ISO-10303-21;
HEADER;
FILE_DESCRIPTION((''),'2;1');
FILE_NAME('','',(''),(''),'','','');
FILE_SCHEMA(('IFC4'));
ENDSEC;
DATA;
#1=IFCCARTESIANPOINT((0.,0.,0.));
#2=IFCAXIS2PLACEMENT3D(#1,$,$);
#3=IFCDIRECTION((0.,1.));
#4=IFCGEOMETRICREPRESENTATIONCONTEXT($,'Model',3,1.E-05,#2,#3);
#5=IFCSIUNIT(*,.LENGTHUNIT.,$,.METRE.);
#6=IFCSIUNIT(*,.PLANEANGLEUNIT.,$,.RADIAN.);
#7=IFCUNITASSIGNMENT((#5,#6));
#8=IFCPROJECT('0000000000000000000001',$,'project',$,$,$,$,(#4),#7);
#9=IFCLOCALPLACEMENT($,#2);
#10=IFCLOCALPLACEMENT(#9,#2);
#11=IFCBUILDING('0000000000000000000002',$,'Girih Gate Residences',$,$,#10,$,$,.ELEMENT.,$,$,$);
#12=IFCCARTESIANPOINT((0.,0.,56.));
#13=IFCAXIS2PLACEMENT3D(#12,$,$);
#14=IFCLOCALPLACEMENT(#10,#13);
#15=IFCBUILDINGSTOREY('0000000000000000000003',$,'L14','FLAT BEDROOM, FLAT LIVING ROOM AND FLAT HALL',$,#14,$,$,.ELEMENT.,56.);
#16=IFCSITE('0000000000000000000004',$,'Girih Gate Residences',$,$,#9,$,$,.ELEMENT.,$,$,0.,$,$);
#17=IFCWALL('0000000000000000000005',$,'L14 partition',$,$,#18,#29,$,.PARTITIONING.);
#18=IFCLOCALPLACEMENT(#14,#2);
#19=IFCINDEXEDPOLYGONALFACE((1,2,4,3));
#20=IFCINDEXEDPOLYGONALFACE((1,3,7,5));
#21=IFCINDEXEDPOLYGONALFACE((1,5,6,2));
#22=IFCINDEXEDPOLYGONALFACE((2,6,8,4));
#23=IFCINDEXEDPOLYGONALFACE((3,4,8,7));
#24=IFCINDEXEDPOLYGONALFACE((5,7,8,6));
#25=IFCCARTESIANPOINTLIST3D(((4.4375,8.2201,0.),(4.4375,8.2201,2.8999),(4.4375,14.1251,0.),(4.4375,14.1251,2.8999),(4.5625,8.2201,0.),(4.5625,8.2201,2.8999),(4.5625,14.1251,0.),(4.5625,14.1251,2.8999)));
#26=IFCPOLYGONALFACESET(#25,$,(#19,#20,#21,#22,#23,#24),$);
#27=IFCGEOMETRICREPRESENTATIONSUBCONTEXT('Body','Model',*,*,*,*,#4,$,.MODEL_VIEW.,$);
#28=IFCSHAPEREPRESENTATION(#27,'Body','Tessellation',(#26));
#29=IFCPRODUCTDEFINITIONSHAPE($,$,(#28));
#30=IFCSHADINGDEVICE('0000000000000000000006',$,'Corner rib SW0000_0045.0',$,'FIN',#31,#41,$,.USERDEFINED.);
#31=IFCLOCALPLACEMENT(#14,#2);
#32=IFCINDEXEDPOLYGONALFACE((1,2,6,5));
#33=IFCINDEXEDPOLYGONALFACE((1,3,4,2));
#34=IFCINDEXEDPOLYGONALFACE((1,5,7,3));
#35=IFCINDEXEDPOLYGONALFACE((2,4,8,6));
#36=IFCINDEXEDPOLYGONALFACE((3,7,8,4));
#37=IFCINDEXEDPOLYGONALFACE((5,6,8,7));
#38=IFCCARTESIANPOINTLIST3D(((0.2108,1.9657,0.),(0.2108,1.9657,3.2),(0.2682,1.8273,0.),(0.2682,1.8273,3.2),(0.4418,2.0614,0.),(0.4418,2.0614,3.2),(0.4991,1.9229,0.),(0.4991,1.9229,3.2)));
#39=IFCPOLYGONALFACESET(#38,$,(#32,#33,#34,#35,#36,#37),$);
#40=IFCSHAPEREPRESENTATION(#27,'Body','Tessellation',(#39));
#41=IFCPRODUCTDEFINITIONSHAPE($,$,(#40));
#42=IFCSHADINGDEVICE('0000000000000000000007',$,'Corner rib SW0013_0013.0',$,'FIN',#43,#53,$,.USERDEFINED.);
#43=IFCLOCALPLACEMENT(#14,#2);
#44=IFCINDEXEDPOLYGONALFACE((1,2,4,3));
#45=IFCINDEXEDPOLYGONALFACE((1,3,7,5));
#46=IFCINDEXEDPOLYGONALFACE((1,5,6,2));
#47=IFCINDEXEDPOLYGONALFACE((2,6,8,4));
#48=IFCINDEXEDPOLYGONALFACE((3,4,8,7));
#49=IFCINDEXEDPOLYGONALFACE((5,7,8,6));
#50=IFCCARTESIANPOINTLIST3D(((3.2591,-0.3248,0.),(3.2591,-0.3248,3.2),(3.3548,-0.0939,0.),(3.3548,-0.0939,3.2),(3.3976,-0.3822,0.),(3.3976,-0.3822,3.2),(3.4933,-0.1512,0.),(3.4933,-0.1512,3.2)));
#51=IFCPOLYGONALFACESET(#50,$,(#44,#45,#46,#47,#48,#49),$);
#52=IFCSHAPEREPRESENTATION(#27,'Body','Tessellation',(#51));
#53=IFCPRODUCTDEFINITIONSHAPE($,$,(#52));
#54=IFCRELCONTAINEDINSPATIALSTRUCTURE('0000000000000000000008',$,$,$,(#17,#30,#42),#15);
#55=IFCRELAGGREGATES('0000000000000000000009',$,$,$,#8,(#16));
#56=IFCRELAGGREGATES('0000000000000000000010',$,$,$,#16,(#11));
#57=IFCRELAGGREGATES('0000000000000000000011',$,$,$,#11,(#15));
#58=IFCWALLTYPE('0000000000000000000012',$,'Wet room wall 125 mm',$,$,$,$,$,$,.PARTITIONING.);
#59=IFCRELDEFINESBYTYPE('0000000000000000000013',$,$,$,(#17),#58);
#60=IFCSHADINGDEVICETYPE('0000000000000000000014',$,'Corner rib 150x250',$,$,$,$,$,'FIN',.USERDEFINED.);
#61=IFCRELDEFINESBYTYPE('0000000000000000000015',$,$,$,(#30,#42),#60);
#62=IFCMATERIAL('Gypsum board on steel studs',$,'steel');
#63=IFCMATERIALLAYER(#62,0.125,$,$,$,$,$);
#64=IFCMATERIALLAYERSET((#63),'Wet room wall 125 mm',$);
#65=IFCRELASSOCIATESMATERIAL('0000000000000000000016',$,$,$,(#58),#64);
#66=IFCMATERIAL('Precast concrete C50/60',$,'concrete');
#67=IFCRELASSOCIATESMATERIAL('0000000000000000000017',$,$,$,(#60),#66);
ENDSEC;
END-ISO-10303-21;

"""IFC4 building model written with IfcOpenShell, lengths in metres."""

from ifc_helpers import new_model, si_unit, direction, frame, frame_2d, origin, origin_2d, place, context, subcontext, project, spatial, rectangle, extrude, material, layer, layer_set, type_object, element, save


model = new_model("IFC4")

# Units and contexts
model_context = context("Model", 3, precision=1e-05, world=origin(), true_north=direction((0.0, 1.0)))
body_context = subcontext(model_context, "Body", "Model", "MODEL_VIEW")
ifc_project = project(units=[si_unit("LENGTHUNIT", "METRE"), si_unit("PLANEANGLEUNIT", "RADIAN")], contexts=[model_context])

# Site, building, storey
site_placement = place(None, origin())
site = spatial("IfcSite", under=ifc_project, at=site_placement, Name="Girih Gate Residences", CompositionType="ELEMENT", RefElevation=0.0)
building_placement = place(site_placement, origin())
building = spatial("IfcBuilding", under=site, at=building_placement, Name="Girih Gate Residences", CompositionType="ELEMENT")
storey_placement = place(building_placement, frame((0.0, 0.0, 56.0)))
storey = spatial("IfcBuildingStorey", under=building, at=storey_placement, Name="L14", Description="FLAT BEDROOM, FLAT LIVING ROOM AND FLAT HALL", CompositionType="ELEMENT", Elevation=56.0)

# Shared definitions
ifc_material_1 = material(Name="Gypsum board on steel studs", Category="steel")

# Shared definitions
ifc_material_2 = material(Name="Precast concrete C50/60", Category="concrete")

# Shared definitions
ifc_layer_1 = layer(ifc_material_1, 0.125)
ifc_layer_set_1 = layer_set([ifc_layer_1], Name="Wet room wall 125 mm")
wall_type_1 = type_object("IfcWallType", Name="Wet room wall 125 mm", PredefinedType="PARTITIONING", material=ifc_layer_set_1)

# Wall
wall_1_placement = place(storey_placement, frame((4.5, 8.22, 0.0), z_axis=(0.0, 0.0, 1.0), x_axis=(0.0, 1.0, 0.0)))
element("IfcWall", 1, at=wall_1_placement, inside=storey, type_object=wall_type_1, Name="L14 partition", PredefinedType="PARTITIONING", context=body_context, shape_type="SweptSolid", body=[
    extrude(rectangle(XDim=5.905, YDim=0.125, at=frame_2d((2.9526, 0.0))), origin(), (0.0, 0.0, 1.0), 2.8999),
])

# Shading devices
shading_device_type = type_object("IfcShadingDeviceType", Name="Corner rib 150x250", ElementType="FIN", PredefinedType="USERDEFINED", material=ifc_material_2)
for number, where, z_axis, x_axis, name in (
    (2, (0.355, 1.9443, 0.0), (0.0, 0.0, 1.0), (0.382683, -0.92388, 0.0), "Corner rib SW0000_0045.0"),
    (3, (3.3762, -0.238, 0.0), (0.0, 0.0, 1.0), (0.92388, -0.382683, 0.0), "Corner rib SW0013_0013.0"),
):
    element("IfcShadingDevice", number, at=place(storey_placement, frame(where, z_axis=z_axis, x_axis=x_axis)), inside=storey, type_object=shading_device_type, Name=name, ObjectType="FIN", PredefinedType="USERDEFINED", context=body_context, shape_type="SweptSolid", body=[
        extrude(rectangle(XDim=0.1499, YDim=0.25, at=origin_2d()), origin(), (0.0, 0.0, 1.0), 3.2),
    ])

save(model, "model.ifc")
